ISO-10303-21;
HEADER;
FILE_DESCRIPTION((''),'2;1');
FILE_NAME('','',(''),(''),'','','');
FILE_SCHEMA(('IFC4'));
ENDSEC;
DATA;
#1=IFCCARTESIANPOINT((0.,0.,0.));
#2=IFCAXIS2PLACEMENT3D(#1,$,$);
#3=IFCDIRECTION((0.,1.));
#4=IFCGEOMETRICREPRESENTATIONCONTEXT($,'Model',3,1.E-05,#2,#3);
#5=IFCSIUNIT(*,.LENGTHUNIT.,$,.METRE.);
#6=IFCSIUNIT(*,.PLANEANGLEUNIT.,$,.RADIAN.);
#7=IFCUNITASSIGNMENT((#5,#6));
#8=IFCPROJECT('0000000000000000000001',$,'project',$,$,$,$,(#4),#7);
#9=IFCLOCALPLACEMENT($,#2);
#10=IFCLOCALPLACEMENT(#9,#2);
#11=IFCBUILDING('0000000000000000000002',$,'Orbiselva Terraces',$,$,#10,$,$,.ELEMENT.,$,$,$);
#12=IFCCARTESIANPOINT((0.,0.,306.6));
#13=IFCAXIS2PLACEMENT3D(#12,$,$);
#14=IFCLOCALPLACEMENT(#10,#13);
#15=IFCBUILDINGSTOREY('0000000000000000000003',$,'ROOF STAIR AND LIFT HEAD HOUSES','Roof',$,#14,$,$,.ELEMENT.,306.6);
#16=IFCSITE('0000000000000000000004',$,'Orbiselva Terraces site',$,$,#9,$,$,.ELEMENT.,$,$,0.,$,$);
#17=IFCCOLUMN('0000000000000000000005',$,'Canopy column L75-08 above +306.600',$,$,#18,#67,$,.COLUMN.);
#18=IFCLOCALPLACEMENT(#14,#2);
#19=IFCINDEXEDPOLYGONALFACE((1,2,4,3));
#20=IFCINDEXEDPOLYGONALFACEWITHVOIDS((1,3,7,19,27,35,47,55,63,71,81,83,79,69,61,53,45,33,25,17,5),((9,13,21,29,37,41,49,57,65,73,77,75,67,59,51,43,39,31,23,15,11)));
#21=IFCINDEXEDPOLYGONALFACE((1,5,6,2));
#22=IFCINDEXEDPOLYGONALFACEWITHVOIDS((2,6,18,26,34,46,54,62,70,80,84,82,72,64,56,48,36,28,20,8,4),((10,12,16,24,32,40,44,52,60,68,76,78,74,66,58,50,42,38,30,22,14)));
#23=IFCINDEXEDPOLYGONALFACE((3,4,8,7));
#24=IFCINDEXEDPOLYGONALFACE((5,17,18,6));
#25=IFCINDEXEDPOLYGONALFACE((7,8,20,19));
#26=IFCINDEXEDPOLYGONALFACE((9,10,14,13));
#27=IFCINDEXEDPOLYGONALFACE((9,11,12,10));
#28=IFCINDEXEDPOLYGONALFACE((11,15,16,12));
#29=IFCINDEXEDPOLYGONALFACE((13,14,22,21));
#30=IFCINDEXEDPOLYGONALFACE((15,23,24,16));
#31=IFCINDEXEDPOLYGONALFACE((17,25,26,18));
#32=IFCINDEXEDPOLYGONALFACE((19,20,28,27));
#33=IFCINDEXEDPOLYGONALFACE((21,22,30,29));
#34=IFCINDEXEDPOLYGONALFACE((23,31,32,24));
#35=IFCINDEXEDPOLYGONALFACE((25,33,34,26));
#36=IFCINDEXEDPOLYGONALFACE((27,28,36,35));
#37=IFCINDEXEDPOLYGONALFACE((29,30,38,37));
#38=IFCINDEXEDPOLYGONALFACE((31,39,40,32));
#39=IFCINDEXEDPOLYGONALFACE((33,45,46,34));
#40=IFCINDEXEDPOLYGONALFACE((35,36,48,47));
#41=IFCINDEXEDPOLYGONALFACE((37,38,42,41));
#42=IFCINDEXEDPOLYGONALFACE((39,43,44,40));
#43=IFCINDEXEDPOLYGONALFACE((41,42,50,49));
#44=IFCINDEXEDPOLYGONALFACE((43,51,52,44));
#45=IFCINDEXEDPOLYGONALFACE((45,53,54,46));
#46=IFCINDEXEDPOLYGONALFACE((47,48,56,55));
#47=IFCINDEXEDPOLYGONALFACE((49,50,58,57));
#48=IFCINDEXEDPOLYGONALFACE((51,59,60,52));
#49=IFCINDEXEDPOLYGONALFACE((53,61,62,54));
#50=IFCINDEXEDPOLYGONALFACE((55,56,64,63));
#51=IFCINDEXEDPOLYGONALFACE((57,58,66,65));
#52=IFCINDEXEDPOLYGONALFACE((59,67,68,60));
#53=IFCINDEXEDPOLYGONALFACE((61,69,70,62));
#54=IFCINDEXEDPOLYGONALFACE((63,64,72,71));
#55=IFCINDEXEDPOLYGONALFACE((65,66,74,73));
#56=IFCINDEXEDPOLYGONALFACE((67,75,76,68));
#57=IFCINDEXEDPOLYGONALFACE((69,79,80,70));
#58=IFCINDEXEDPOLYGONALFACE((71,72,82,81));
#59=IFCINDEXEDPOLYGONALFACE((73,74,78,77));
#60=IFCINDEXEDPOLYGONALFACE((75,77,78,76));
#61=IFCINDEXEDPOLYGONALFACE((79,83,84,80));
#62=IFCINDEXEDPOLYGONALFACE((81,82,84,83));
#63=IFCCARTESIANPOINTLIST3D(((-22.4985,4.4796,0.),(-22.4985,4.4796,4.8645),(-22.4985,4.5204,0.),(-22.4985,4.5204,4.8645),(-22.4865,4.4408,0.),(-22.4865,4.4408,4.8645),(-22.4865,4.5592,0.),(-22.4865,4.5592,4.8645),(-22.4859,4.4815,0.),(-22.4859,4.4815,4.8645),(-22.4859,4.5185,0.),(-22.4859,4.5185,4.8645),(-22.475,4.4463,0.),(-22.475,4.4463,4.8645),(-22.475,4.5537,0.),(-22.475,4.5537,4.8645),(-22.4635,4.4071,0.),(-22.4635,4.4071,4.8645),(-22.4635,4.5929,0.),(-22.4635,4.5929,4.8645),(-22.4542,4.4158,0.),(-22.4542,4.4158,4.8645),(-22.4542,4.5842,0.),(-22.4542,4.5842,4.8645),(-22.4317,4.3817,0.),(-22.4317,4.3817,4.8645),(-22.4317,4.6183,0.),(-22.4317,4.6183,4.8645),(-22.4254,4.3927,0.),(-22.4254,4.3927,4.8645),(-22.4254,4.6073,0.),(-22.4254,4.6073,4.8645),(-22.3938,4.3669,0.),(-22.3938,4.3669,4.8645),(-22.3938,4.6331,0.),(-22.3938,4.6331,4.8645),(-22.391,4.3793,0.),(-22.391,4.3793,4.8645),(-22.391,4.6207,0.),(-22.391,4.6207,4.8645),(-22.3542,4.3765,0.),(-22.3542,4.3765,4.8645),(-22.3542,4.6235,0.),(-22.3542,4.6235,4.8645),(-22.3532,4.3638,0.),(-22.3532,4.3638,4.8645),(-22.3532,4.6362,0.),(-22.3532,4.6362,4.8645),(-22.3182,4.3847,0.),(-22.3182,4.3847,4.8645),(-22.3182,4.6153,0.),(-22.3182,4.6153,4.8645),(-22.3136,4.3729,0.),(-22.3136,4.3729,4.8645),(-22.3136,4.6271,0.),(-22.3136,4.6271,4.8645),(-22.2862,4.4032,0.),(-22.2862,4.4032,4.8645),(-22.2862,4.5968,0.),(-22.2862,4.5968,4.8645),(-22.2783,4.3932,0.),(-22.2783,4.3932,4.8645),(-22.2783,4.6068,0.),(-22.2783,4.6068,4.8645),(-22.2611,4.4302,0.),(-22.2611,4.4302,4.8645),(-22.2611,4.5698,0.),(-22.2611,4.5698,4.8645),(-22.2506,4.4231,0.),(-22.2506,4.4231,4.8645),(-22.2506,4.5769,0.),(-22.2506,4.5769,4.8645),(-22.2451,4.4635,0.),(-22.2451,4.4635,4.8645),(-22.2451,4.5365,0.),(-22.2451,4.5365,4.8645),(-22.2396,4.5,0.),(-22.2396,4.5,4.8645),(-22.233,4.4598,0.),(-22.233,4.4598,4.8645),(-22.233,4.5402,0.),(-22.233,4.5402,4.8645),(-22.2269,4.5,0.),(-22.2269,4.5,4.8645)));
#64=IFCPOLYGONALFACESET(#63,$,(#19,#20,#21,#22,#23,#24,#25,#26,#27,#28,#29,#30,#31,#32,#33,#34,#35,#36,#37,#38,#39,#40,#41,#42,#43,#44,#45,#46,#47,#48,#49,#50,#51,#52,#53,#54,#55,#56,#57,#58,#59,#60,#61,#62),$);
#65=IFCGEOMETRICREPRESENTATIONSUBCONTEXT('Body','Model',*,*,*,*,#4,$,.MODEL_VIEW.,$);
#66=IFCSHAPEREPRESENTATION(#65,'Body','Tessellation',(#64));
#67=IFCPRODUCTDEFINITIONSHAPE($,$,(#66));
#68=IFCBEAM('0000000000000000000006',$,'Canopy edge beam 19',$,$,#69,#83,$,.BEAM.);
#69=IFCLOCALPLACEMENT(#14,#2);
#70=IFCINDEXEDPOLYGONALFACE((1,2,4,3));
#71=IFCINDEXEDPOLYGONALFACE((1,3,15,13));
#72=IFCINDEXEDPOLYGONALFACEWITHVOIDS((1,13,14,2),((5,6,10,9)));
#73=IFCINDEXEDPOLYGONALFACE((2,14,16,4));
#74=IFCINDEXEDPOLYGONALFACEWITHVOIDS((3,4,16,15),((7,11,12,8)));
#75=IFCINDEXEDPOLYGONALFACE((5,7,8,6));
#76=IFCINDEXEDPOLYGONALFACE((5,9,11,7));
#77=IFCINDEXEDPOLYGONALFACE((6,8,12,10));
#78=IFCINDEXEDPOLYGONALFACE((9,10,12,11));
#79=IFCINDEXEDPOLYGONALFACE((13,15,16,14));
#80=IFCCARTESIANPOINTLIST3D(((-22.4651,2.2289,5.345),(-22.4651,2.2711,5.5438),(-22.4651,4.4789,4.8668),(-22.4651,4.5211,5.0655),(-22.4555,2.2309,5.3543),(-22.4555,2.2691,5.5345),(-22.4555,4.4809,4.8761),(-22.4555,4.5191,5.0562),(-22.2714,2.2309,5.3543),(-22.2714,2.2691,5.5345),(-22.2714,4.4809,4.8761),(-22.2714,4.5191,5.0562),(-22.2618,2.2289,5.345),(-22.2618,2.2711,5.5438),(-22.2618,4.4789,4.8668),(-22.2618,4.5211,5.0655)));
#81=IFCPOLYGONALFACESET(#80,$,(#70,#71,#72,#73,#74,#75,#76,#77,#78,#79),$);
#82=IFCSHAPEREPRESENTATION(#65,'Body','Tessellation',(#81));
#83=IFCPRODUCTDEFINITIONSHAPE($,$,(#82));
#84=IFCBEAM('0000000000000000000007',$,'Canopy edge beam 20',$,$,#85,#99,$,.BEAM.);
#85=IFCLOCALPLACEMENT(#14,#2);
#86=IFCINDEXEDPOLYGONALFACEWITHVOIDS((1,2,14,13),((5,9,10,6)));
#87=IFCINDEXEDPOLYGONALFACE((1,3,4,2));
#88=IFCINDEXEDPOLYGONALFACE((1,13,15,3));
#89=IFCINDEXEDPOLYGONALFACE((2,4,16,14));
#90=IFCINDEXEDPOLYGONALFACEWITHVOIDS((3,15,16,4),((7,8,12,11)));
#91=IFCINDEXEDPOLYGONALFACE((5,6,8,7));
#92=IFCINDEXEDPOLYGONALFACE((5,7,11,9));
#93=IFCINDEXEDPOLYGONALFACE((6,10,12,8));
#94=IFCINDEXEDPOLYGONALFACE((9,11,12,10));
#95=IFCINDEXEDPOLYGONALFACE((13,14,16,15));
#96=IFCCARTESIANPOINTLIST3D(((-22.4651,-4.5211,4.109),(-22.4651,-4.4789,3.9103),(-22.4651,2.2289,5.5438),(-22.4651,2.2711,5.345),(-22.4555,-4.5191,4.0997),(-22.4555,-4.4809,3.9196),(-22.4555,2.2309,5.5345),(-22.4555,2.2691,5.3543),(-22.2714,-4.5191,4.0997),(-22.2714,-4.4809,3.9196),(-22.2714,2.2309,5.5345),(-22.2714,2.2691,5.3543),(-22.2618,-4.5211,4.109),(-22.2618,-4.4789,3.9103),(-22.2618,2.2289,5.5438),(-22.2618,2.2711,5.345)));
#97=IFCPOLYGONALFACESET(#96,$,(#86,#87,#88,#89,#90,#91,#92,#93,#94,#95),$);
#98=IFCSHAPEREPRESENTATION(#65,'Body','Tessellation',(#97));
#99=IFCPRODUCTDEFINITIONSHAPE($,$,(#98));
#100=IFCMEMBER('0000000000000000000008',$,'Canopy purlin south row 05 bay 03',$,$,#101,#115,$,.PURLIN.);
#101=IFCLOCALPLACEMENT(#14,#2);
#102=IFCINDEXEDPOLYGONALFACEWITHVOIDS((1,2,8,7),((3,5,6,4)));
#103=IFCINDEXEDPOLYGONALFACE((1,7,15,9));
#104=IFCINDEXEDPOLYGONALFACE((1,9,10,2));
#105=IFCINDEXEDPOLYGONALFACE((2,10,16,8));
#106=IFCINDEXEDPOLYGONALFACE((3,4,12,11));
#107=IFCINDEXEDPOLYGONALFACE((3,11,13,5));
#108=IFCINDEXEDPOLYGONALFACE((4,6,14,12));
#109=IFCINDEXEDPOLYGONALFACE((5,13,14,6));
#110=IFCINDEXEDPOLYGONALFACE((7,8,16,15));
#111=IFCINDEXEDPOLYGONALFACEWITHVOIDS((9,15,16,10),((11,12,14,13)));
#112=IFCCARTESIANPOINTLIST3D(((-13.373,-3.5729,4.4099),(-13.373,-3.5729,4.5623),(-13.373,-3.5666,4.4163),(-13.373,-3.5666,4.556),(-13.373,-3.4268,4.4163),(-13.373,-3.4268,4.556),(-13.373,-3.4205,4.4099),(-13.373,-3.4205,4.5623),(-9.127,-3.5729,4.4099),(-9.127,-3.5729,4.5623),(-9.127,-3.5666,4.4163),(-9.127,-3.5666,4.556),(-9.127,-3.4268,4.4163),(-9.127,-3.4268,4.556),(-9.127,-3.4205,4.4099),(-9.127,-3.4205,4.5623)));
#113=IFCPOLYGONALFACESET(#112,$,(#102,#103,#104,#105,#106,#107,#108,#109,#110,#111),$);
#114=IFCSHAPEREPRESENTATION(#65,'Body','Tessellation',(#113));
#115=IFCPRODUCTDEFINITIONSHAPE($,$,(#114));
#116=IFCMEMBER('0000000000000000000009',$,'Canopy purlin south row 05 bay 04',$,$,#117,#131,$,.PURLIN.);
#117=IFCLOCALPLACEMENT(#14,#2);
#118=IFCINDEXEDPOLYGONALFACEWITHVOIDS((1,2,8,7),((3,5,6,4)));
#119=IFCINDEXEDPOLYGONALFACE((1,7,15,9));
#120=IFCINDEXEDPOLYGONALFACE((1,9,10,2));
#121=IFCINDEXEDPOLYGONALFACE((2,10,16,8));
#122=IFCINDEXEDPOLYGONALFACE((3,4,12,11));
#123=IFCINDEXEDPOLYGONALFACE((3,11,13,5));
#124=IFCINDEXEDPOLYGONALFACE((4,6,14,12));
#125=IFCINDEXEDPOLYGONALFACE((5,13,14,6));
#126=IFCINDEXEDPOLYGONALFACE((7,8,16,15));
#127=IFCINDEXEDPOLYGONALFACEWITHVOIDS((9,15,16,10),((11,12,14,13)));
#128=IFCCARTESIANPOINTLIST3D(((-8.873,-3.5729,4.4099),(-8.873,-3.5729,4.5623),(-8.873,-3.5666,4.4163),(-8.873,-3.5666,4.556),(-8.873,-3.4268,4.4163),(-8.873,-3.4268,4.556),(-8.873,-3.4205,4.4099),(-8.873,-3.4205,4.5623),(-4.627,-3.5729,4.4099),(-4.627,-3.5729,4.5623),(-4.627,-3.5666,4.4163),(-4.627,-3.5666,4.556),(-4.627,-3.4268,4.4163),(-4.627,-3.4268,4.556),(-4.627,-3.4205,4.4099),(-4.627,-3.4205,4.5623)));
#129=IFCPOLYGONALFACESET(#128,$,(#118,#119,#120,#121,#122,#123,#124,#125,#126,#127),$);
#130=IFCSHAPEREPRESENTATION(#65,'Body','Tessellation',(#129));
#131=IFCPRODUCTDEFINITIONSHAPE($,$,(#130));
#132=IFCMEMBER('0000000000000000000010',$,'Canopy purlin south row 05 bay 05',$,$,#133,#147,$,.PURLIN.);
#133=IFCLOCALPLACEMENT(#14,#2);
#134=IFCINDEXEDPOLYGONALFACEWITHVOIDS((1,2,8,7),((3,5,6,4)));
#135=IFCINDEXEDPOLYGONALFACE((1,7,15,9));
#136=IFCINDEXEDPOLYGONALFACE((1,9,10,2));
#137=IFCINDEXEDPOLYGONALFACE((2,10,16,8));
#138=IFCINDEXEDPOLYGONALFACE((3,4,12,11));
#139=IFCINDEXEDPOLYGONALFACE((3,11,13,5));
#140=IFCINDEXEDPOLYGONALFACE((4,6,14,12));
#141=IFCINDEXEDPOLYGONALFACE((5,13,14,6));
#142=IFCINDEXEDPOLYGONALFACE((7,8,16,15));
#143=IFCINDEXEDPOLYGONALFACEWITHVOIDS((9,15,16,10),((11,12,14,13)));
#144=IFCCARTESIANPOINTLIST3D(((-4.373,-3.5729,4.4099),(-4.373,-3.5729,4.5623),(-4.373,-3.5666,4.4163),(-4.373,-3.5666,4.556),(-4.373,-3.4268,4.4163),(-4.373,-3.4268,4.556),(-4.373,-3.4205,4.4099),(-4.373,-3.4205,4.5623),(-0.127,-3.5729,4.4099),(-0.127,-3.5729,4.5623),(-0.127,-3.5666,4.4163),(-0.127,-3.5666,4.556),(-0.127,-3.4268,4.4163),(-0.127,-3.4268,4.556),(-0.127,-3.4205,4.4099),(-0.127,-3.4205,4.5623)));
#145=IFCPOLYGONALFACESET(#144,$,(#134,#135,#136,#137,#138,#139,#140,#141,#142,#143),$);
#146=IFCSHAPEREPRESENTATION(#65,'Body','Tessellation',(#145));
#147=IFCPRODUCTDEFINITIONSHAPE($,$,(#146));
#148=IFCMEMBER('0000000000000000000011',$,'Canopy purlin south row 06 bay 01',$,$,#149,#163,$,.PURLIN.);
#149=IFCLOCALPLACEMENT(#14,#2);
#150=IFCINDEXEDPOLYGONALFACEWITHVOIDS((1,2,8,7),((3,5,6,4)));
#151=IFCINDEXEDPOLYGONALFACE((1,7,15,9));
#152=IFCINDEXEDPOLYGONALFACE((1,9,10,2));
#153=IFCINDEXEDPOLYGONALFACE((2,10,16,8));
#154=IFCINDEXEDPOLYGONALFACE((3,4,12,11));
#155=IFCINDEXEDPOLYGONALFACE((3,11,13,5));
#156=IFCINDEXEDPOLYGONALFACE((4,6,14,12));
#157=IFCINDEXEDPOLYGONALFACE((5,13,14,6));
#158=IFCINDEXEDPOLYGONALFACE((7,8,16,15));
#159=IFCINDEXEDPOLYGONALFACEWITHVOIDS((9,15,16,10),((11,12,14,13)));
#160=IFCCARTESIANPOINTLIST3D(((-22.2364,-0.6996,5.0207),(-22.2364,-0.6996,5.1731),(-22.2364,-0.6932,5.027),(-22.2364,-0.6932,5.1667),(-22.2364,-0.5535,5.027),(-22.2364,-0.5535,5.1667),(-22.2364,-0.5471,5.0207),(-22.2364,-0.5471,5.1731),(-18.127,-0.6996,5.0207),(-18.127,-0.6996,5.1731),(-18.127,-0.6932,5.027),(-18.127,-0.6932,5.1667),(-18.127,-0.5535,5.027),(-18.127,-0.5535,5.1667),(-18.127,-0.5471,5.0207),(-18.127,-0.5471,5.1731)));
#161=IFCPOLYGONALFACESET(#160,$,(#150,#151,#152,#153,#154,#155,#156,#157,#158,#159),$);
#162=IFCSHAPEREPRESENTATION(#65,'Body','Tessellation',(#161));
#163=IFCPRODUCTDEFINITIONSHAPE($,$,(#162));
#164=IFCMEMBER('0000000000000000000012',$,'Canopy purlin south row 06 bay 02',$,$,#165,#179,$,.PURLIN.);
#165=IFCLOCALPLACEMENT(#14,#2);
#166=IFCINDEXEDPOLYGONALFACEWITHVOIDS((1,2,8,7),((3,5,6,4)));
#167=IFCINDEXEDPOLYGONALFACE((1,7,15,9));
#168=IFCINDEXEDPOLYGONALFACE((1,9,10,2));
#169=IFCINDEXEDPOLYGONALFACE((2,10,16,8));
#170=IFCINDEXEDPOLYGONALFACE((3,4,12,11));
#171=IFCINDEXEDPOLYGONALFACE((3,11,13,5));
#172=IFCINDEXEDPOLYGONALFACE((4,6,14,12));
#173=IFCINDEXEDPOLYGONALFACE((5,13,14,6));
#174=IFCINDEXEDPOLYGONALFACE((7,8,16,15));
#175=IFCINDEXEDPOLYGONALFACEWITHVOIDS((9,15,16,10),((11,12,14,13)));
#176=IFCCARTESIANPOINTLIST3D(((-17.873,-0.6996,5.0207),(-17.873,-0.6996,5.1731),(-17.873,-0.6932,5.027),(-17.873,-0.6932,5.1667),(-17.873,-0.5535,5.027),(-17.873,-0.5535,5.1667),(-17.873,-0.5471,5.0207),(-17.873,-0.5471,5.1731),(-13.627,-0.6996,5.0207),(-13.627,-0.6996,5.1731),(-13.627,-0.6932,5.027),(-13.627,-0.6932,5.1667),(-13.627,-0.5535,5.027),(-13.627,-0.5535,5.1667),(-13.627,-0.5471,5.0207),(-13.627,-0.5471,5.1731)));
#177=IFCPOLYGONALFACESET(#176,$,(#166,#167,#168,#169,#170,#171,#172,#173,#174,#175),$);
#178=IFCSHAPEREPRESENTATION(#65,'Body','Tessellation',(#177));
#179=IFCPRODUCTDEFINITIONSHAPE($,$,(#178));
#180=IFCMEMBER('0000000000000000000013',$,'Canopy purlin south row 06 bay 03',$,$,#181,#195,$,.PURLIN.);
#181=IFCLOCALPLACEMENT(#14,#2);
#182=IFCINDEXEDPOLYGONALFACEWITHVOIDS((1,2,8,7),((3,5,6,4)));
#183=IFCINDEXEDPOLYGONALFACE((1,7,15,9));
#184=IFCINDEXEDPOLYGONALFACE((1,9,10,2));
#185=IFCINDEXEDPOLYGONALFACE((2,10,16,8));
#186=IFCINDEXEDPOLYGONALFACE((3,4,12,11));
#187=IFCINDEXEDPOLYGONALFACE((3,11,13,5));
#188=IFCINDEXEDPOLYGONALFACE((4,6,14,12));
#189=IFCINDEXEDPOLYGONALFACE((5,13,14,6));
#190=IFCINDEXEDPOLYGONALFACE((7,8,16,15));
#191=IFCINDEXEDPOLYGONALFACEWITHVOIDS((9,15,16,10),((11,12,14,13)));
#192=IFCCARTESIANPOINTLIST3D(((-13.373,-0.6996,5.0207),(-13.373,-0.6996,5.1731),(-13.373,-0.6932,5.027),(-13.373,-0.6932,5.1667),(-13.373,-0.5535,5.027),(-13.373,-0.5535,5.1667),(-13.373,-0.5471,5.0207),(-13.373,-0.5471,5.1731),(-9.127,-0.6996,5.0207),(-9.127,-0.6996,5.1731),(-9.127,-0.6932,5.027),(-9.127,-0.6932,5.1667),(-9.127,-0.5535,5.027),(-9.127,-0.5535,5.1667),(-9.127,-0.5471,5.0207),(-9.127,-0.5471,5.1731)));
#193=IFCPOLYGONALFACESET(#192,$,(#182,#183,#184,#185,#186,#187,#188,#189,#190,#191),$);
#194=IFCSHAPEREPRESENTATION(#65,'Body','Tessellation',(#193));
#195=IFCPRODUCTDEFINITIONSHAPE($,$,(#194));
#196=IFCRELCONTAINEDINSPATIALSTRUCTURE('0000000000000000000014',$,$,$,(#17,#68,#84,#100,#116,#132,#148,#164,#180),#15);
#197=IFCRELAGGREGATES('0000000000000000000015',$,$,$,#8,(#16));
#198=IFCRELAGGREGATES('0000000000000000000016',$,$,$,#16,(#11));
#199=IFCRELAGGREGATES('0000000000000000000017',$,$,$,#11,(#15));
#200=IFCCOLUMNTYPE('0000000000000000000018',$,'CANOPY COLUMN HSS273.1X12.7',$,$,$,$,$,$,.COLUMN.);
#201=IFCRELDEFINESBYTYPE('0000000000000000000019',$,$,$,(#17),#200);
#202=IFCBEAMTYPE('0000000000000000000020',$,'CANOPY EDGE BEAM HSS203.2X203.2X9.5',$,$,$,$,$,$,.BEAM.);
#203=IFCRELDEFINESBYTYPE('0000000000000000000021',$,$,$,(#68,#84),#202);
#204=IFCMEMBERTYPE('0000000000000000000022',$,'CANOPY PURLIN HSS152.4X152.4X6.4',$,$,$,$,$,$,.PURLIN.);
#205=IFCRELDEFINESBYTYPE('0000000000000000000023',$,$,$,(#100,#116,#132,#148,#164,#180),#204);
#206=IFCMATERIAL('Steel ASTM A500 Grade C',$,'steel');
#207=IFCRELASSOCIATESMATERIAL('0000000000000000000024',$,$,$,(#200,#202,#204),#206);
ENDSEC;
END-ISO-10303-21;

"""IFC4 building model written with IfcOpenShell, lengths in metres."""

from ifc_helpers import new_model, si_unit, direction, frame, origin, origin_2d, place, context, subcontext, project, spatial, hollow_rectangle, hollow_circle, extrude, material, material_profile, profile_set, type_object, element, save


model = new_model("IFC4")

# Units and contexts
model_context = context("Model", 3, precision=1e-05, world=origin(), true_north=direction((0.0, 1.0)))
body_context = subcontext(model_context, "Body", "Model", "MODEL_VIEW")
ifc_project = project(units=[si_unit("LENGTHUNIT", "METRE"), si_unit("PLANEANGLEUNIT", "RADIAN")], contexts=[model_context])

# Site, building, storey
site_placement = place(None, origin())
site = spatial("IfcSite", under=ifc_project, at=site_placement, Name="Orbiselva Terraces site", CompositionType="ELEMENT", RefElevation=0.0)
building_placement = place(site_placement, origin())
building = spatial("IfcBuilding", under=site, at=building_placement, Name="Orbiselva Terraces", CompositionType="ELEMENT")
storey_placement = place(building_placement, frame((0.0, 0.0, 306.6)))
storey = spatial("IfcBuildingStorey", under=building, at=storey_placement, Name="ROOF STAIR AND LIFT HEAD HOUSES", Description="Roof", CompositionType="ELEMENT", Elevation=306.6)

# Column
ifc_material = material(Name="Steel ASTM A500 Grade C", Category="steel")
ifc_material_profile_1 = material_profile(ifc_material, hollow_circle(Radius=0.1366, WallThickness=0.0127, at=origin_2d()), Name="HSS273.1X12.7")
ifc_profile_set_1 = profile_set([ifc_material_profile_1], Name="Steel ASTM A500 Grade C")
column_type = type_object("IfcColumnType", Name="CANOPY COLUMN HSS273.1X12.7", PredefinedType="COLUMN", material=ifc_profile_set_1)
column_placement = place(storey_placement, frame((-22.3635, 4.5, 0.0), z_axis=(0.0, 0.0, 1.0), x_axis=(1.0, 0.0, 0.0)))
element("IfcColumn", 1, at=column_placement, inside=storey, type_object=column_type, Name="Canopy column L75-08 above +306.600", PredefinedType="COLUMN", context=body_context, shape_type="SweptSolid", body=[
    extrude(hollow_circle(Radius=0.1366, WallThickness=0.0127, at=origin_2d()), origin(), (0.0, 0.0, 1.0), 4.8645),
])

# Beams
ifc_material_profile_2 = material_profile(ifc_material, hollow_rectangle(XDim=0.2032, YDim=0.2032, WallThickness=0.0095, at=origin_2d()), Name="HSS203.2X203.2X9.5")
ifc_profile_set_2 = profile_set([ifc_material_profile_2], Name="Steel ASTM A500 Grade C")
beam_type_1 = type_object("IfcBeamType", Name="CANOPY EDGE BEAM HSS203.2X203.2X9.5", PredefinedType="BEAM", material=ifc_profile_set_2)
beam_1_placement = place(storey_placement, frame((-22.3635, 4.5, 4.9661), z_axis=(0.0, -0.978148, 0.207912), x_axis=(1.0, 0.0, 0.0)))
element("IfcBeam", 2, at=beam_1_placement, inside=storey, type_object=beam_type_1, Name="Canopy edge beam 19", PredefinedType="BEAM", context=body_context, shape_type="SweptSolid", body=[
    extrude(hollow_rectangle(XDim=0.2032, YDim=0.2032, WallThickness=0.0095, at=origin_2d()), origin(), (0.0, 0.0, 1.0), 2.3003),
])
beam_2_placement = place(storey_placement, frame((-22.3635, 2.25, 5.4444), z_axis=(0.0, -0.978148, -0.207912), x_axis=(1.0, 0.0, 0.0)))
element("IfcBeam", 3, at=beam_2_placement, inside=storey, type_object=beam_type_1, Name="Canopy edge beam 20", PredefinedType="BEAM", context=body_context, shape_type="SweptSolid", body=[
    extrude(hollow_rectangle(XDim=0.2032, YDim=0.2032, WallThickness=0.0095, at=origin_2d()), origin(), (0.0, 0.0, 1.0), 6.9008),
])

# Members
ifc_material_profile_3 = material_profile(ifc_material, hollow_rectangle(XDim=0.1524, YDim=0.1524, WallThickness=0.0063, at=origin_2d()), Name="HSS152.4X152.4X6.4")
ifc_profile_set_3 = profile_set([ifc_material_profile_3], Name="Steel ASTM A500 Grade C")
member_type_1 = type_object("IfcMemberType", Name="CANOPY PURLIN HSS152.4X152.4X6.4", PredefinedType="PURLIN", material=ifc_profile_set_3)
for number, where, z_axis, x_axis, name in (
    (4, (-13.373, -3.4967, 4.4861), (1.0, 0.0, 0.0), (0.0, 1.0, 0.0), "Canopy purlin south row 05 bay 03"),
    (5, (-8.873, -3.4967, 4.4861), (1.0, 0.0, 0.0), (0.0, 1.0, 0.0), "Canopy purlin south row 05 bay 04"),
    (6, (-4.373, -3.4967, 4.4861), (1.0, 0.0, 0.0), (0.0, 1.0, 0.0), "Canopy purlin south row 05 bay 05"),
):
    element("IfcMember", number, at=place(storey_placement, frame(where, z_axis=z_axis, x_axis=x_axis)), inside=storey, type_object=member_type_1, Name=name, PredefinedType="PURLIN", context=body_context, shape_type="SweptSolid", body=[
        extrude(hollow_rectangle(XDim=0.1524, YDim=0.1524, WallThickness=0.0063, at=origin_2d()), origin(), (0.0, 0.0, 1.0), 4.246),
    ])
member_1_placement = place(storey_placement, frame((-22.2365, -0.6233, 5.0969), z_axis=(1.0, 0.0, 0.0), x_axis=(0.0, 1.0, 0.0)))
element("IfcMember", 7, at=member_1_placement, inside=storey, type_object=member_type_1, Name="Canopy purlin south row 06 bay 01", PredefinedType="PURLIN", context=body_context, shape_type="SweptSolid", body=[
    extrude(hollow_rectangle(XDim=0.1524, YDim=0.1524, WallThickness=0.0063, at=origin_2d()), origin(), (0.0, 0.0, 1.0), 4.1094),
])
for number, where, z_axis, x_axis, name in (
    (8, (-17.873, -0.6233, 5.0969), (1.0, 0.0, 0.0), (0.0, 1.0, 0.0), "Canopy purlin south row 06 bay 02"),
    (9, (-13.373, -0.6233, 5.0969), (1.0, 0.0, 0.0), (0.0, 1.0, 0.0), "Canopy purlin south row 06 bay 03"),
):
    element("IfcMember", number, at=place(storey_placement, frame(where, z_axis=z_axis, x_axis=x_axis)), inside=storey, type_object=member_type_1, Name=name, PredefinedType="PURLIN", context=body_context, shape_type="SweptSolid", body=[
        extrude(hollow_rectangle(XDim=0.1524, YDim=0.1524, WallThickness=0.0063, at=origin_2d()), origin(), (0.0, 0.0, 1.0), 4.246),
    ])

save(model, "model.ifc")
